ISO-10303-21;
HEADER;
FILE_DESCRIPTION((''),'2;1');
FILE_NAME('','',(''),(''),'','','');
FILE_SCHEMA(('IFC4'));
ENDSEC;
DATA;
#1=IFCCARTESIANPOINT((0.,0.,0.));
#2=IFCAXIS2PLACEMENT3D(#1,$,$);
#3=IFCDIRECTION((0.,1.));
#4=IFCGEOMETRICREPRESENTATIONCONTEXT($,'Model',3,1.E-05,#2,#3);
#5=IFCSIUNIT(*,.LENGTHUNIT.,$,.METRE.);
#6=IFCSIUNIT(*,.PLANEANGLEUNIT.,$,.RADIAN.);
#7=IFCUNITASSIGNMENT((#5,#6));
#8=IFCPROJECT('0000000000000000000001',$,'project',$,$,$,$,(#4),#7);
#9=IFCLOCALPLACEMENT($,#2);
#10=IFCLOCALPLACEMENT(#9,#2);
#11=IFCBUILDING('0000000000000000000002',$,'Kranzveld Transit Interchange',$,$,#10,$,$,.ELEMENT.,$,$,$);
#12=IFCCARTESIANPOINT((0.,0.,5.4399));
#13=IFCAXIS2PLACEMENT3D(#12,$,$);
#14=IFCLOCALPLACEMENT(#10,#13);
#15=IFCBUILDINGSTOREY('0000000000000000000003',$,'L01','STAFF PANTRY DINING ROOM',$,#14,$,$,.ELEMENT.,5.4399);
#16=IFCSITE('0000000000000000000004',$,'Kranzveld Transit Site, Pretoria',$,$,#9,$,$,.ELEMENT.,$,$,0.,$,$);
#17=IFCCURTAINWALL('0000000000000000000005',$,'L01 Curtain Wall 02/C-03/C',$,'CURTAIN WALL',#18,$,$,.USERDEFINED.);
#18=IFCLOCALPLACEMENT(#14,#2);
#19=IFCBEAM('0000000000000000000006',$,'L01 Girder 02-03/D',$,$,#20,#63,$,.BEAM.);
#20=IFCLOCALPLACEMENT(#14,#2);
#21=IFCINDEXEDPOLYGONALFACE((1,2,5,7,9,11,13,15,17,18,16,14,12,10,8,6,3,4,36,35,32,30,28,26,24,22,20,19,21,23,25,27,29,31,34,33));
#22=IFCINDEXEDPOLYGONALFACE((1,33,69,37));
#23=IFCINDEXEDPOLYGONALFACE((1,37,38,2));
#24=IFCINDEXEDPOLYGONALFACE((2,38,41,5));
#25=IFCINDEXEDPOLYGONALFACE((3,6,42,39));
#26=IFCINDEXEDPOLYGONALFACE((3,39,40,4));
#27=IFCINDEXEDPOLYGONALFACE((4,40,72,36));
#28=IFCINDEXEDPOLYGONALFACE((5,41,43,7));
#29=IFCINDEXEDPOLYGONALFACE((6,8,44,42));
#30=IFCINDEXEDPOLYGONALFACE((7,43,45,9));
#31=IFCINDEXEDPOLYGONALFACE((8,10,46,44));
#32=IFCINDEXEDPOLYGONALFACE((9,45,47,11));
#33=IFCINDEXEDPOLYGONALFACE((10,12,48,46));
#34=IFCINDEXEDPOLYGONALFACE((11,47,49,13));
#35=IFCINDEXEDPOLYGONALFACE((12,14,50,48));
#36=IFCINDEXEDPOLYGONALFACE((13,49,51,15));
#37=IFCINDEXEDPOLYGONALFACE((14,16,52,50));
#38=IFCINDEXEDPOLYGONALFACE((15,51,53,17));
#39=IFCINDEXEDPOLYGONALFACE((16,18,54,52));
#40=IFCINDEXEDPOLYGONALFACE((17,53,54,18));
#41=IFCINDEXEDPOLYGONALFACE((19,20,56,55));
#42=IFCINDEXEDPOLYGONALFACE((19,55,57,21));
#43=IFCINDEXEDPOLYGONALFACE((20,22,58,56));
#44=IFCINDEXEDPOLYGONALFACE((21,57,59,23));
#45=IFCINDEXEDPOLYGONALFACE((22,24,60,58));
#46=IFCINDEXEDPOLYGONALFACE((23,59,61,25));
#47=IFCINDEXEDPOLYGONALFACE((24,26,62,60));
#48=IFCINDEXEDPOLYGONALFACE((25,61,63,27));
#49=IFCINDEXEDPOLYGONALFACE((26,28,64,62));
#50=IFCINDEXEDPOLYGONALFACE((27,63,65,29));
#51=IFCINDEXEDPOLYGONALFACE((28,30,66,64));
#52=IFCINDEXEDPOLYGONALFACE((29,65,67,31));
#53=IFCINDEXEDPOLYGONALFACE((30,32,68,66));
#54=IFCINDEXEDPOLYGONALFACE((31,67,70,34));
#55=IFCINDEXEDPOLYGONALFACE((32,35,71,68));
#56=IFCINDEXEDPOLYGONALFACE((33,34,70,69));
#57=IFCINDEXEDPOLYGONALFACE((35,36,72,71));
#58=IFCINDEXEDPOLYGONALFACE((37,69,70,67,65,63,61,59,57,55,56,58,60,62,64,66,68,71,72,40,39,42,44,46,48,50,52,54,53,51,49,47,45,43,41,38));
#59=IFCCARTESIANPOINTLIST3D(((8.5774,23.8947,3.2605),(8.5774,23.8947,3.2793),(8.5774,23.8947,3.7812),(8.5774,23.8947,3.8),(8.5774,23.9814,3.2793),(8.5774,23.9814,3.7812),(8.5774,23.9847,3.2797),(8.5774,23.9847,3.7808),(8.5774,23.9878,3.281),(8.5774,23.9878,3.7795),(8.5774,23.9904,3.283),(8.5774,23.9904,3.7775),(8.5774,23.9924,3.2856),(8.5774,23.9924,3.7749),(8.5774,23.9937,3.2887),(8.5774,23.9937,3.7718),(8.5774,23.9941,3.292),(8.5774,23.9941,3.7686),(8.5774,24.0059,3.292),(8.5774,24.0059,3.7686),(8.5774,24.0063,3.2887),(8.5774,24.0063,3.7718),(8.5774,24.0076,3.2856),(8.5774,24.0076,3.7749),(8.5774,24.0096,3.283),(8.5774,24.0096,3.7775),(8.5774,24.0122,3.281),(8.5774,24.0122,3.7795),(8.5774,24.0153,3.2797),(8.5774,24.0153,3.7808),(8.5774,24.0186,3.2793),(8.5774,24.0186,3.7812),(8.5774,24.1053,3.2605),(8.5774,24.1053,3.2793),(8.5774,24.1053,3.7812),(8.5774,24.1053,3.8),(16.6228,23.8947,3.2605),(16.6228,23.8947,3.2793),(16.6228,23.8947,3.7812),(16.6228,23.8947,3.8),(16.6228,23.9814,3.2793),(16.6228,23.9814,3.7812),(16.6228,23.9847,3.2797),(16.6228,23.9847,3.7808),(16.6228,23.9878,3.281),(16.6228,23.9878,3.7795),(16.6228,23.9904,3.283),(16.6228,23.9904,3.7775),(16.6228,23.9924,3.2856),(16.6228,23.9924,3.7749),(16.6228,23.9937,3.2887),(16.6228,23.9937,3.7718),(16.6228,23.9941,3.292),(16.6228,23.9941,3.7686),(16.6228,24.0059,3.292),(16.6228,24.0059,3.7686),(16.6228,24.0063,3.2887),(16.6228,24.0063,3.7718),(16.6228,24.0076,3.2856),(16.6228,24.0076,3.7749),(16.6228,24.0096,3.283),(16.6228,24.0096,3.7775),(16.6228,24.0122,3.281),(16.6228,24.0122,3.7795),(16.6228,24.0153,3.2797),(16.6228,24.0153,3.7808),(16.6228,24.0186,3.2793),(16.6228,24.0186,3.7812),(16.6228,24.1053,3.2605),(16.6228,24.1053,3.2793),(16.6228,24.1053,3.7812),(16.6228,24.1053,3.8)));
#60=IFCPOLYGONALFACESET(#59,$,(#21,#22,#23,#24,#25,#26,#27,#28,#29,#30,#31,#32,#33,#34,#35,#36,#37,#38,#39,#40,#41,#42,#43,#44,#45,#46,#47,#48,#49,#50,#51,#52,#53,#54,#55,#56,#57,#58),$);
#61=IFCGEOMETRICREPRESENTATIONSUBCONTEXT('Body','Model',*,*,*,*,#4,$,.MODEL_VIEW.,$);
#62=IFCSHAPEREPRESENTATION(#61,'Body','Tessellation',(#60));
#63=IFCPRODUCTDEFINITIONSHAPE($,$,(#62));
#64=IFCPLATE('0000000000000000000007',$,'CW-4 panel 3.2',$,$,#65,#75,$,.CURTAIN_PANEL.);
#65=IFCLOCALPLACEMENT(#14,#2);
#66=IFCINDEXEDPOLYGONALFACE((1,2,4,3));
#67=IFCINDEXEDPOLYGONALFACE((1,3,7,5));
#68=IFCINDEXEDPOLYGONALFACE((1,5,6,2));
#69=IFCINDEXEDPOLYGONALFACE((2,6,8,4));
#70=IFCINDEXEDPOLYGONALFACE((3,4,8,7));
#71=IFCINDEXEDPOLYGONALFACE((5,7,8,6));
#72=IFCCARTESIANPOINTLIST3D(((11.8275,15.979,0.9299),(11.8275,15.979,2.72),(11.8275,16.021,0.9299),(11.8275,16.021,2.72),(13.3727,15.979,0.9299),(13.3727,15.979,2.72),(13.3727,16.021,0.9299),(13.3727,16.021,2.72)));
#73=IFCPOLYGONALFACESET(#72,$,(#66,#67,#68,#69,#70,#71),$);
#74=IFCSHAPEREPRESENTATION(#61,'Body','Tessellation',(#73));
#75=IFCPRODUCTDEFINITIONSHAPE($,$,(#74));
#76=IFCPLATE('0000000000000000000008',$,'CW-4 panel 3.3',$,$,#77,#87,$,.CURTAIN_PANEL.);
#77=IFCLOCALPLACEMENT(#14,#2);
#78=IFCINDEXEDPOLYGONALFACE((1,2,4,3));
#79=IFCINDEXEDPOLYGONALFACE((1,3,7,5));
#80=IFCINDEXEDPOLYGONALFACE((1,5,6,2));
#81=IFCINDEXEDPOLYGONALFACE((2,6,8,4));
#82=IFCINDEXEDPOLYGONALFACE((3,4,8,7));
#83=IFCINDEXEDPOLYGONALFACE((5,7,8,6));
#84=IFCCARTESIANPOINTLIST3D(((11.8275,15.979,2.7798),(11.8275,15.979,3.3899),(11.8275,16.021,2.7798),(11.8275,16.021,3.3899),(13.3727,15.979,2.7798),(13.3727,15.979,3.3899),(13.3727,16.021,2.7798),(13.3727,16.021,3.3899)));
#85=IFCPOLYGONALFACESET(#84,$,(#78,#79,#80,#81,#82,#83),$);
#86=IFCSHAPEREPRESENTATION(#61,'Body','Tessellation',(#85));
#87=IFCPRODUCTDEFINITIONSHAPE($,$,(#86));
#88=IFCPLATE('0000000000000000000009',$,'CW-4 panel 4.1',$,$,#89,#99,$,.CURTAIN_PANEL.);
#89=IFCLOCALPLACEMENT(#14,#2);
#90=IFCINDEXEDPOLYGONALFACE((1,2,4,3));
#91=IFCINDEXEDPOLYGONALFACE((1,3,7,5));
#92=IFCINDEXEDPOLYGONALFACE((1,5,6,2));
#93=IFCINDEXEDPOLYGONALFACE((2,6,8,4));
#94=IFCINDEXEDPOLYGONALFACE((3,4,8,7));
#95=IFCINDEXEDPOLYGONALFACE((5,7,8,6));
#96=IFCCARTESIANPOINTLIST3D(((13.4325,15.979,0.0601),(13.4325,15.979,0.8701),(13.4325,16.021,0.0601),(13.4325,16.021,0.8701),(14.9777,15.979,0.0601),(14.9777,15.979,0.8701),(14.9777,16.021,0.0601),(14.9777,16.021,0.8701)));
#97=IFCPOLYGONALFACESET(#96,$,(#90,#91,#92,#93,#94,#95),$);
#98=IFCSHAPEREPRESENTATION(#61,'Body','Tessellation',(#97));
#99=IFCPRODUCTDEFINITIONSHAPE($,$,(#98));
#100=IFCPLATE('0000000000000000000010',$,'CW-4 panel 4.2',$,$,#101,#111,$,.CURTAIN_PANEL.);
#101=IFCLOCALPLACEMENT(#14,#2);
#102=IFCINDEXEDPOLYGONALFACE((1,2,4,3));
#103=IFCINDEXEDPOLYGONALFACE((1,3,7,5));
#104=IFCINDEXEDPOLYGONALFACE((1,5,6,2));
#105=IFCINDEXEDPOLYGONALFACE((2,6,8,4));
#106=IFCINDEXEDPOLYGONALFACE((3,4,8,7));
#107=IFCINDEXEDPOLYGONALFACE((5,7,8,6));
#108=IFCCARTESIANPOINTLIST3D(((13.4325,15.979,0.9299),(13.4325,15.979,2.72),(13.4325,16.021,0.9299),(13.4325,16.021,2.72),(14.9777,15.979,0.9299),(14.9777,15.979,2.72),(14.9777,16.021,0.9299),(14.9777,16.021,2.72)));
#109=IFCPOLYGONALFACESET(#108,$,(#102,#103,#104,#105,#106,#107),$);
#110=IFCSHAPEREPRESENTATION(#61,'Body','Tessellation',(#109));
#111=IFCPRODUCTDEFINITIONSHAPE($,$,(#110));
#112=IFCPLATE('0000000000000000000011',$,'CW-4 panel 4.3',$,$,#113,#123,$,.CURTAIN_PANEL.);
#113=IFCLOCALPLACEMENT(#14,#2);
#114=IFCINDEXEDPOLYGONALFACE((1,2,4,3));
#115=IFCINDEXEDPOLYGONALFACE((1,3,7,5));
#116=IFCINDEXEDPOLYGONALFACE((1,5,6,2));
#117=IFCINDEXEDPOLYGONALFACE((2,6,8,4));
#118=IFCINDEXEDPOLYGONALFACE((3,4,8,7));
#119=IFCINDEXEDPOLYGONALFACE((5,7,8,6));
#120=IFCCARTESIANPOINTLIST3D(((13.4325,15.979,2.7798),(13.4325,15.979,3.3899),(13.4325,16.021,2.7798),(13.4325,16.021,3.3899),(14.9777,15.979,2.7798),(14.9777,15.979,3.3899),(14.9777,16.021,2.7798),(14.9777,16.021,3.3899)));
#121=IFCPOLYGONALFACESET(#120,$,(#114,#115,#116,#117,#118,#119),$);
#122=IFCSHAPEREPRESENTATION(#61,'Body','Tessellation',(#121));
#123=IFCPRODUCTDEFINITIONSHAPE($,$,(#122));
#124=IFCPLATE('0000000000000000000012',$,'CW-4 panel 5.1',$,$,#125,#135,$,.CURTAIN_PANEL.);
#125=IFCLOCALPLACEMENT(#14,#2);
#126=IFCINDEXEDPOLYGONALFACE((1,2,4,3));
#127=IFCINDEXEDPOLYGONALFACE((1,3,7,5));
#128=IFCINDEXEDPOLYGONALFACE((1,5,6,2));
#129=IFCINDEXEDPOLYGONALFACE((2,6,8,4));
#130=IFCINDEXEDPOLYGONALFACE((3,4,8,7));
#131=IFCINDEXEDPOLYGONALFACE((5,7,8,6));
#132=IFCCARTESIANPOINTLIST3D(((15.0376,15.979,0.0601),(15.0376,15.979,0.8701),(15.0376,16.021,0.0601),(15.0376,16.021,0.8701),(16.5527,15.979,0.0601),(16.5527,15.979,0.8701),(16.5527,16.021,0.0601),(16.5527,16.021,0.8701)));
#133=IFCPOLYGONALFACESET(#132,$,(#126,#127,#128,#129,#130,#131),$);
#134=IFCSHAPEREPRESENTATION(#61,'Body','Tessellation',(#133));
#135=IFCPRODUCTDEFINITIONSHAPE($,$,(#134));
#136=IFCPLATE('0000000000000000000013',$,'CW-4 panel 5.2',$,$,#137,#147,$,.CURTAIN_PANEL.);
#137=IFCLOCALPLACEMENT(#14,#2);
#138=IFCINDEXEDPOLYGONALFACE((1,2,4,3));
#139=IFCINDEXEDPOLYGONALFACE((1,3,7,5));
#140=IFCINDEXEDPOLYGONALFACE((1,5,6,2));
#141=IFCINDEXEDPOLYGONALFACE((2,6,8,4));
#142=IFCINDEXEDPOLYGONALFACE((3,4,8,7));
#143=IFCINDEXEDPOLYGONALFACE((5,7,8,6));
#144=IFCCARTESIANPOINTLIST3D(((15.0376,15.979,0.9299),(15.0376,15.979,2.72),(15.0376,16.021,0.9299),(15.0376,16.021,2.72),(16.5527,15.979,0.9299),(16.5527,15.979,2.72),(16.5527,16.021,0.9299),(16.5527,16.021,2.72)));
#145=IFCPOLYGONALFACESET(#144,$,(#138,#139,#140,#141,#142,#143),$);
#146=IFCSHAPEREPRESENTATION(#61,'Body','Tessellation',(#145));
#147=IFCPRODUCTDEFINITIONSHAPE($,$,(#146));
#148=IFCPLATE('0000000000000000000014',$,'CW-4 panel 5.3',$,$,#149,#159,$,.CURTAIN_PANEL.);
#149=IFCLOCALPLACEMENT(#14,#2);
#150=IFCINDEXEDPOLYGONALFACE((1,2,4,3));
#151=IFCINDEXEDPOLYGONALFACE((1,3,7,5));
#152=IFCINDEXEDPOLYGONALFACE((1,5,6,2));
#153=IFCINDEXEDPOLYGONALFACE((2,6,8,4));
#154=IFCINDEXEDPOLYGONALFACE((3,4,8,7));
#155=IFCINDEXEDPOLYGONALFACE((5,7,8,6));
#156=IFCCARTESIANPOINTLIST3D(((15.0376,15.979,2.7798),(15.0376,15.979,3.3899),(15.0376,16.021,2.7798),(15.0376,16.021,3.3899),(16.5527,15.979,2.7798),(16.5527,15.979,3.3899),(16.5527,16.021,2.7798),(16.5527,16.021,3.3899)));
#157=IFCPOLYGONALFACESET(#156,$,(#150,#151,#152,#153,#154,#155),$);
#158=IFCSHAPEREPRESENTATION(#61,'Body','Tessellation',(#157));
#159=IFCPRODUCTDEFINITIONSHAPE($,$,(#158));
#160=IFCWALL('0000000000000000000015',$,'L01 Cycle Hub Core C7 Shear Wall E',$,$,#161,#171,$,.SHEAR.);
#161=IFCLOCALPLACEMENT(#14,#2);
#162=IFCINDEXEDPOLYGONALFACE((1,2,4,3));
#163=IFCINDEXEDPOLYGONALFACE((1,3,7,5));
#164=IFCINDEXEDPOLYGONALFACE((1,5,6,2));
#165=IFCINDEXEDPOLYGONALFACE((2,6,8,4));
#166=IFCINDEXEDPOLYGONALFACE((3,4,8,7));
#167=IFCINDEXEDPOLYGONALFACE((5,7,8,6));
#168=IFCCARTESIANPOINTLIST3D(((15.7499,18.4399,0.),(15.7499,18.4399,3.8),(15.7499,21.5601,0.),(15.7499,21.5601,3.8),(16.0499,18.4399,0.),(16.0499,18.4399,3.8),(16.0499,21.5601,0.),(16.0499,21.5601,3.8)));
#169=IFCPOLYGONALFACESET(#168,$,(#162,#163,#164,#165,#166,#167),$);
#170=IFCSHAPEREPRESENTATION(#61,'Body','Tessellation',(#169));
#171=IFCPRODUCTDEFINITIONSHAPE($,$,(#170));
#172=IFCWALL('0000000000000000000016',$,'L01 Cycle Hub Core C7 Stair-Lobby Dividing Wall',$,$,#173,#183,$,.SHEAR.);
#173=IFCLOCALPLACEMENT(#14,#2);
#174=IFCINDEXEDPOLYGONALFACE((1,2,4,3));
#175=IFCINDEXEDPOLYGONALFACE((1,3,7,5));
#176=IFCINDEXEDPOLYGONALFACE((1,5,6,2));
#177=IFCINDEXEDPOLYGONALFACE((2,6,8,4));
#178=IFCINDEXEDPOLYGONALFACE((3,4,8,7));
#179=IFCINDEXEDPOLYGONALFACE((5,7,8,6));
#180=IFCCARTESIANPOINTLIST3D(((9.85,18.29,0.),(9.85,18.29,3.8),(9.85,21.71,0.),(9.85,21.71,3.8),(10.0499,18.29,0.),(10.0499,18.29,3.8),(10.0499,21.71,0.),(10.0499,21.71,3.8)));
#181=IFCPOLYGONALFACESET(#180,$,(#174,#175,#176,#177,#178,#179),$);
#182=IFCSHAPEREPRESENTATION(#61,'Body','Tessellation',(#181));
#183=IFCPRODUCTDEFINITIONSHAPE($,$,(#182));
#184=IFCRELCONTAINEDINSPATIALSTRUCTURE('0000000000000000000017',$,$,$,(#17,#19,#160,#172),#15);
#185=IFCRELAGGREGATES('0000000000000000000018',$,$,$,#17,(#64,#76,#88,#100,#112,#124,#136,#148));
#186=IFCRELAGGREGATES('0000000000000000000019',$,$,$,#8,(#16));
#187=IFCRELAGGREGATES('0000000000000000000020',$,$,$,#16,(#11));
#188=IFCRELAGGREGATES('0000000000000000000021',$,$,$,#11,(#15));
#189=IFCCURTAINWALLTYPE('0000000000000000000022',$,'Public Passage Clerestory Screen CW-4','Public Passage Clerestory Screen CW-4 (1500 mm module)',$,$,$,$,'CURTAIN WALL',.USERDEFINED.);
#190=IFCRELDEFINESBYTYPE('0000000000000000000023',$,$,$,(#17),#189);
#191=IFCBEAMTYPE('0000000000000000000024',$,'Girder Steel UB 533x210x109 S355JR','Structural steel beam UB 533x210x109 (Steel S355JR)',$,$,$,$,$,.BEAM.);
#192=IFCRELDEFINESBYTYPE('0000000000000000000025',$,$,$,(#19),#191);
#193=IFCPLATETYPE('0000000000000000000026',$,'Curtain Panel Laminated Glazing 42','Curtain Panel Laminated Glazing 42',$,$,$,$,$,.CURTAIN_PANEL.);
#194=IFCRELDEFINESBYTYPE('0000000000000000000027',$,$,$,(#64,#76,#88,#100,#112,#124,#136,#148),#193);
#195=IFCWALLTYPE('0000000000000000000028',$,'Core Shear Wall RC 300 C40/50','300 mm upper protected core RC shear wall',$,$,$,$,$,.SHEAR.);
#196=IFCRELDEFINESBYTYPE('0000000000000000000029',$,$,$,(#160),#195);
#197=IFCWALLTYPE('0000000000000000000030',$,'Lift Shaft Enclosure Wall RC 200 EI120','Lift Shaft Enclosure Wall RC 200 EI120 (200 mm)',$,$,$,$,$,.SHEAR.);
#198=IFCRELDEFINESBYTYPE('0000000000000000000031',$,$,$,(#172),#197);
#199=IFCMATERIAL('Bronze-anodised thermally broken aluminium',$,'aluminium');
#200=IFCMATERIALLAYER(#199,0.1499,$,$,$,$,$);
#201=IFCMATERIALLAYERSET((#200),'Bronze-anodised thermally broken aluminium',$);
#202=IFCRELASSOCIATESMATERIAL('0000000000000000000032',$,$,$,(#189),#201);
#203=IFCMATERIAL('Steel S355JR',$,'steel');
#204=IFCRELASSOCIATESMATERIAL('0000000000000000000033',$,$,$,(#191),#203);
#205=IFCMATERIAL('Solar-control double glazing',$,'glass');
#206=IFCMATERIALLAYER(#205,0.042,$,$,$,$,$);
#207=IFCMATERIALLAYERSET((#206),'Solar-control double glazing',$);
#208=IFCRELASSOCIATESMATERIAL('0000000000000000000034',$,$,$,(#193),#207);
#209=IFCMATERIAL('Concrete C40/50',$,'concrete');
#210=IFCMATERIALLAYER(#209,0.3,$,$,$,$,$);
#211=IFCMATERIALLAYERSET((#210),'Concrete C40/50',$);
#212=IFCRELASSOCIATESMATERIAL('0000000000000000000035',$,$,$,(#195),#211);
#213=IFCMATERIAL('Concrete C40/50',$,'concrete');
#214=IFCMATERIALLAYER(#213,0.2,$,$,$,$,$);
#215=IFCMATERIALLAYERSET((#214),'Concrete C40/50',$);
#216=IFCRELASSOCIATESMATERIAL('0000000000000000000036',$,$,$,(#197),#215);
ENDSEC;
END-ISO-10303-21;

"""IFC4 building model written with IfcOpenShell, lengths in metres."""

from ifc_helpers import new_model, si_unit, direction, frame, frame_2d, origin, origin_2d, place, context, subcontext, project, spatial, rectangle, i_section, extrude, material, layer, layer_set, material_profile, profile_set, type_object, element, aggregate, save


model = new_model("IFC4")

# Units and contexts
model_context = context("Model", 3, precision=1e-05, world=origin(), true_north=direction((0.0, 1.0)))
body_context = subcontext(model_context, "Body", "Model", "MODEL_VIEW")
ifc_project = project(units=[si_unit("LENGTHUNIT", "METRE"), si_unit("PLANEANGLEUNIT", "RADIAN")], contexts=[model_context])

# Site, building, storey
site_placement = place(None, origin())
site = spatial("IfcSite", under=ifc_project, at=site_placement, Name="Kranzveld Transit Site, Pretoria", CompositionType="ELEMENT", RefElevation=0.0)
building_placement = place(site_placement, origin())
building = spatial("IfcBuilding", under=site, at=building_placement, Name="Kranzveld Transit Interchange", CompositionType="ELEMENT")
storey_placement = place(building_placement, frame((0.0, 0.0, 5.4399)))
storey = spatial("IfcBuildingStorey", under=building, at=storey_placement, Name="L01", Description="STAFF PANTRY DINING ROOM", CompositionType="ELEMENT", Elevation=5.4399)

# Curtain wall
ifc_material_1 = material(Name="Bronze-anodised thermally broken aluminium", Category="aluminium")
ifc_layer_1 = layer(ifc_material_1, 0.1499)
ifc_layer_set_1 = layer_set([ifc_layer_1], Name="Bronze-anodised thermally broken aluminium")
curtain_wall_type = type_object("IfcCurtainWallType", Name="Public Passage Clerestory Screen CW-4", Description="Public Passage Clerestory Screen CW-4 (1500 mm module)", ElementType="CURTAIN WALL", PredefinedType="USERDEFINED", material=ifc_layer_set_1)
curtain_wall_placement = place(storey_placement, origin())
curtain_wall = element("IfcCurtainWall", 1, at=curtain_wall_placement, inside=storey, type_object=curtain_wall_type, Name="L01 Curtain Wall 02/C-03/C", ObjectType="CURTAIN WALL", PredefinedType="USERDEFINED")

# Beam
ifc_material_2 = material(Name="Steel S355JR", Category="steel")
ifc_material_profile_1 = material_profile(ifc_material_2, i_section(OverallWidth=0.2107, OverallDepth=0.5396, WebThickness=0.0117, FlangeThickness=0.0188, FilletRadius=0.0127, at=origin_2d()), Name="UB 533x210x109")
ifc_profile_set_1 = profile_set([ifc_material_profile_1], Name="Steel S355JR")
beam_type_1 = type_object("IfcBeamType", Name="Girder Steel UB 533x210x109 S355JR", Description="Structural steel beam UB 533x210x109 (Steel S355JR)", PredefinedType="BEAM", material=ifc_profile_set_1)
beam_1_placement = place(storey_placement, frame((8.5774, 24.0, 3.5303), z_axis=(1.0, 0.0, 0.0), x_axis=(0.0, 1.0, 0.0)))
element("IfcBeam", 2, at=beam_1_placement, inside=storey, type_object=beam_type_1, Name="L01 Girder 02-03/D", PredefinedType="BEAM", context=body_context, shape_type="SweptSolid", body=[
    extrude(i_section(OverallWidth=0.2107, OverallDepth=0.5396, WebThickness=0.0117, FlangeThickness=0.0188, FilletRadius=0.0127, at=origin_2d()), origin(), (0.0, 0.0, 1.0), 8.0454),
])

# Plates
ifc_material_3 = material(Name="Solar-control double glazing", Category="glass")
ifc_layer_2 = layer(ifc_material_3, 0.042)
ifc_layer_set_2 = layer_set([ifc_layer_2], Name="Solar-control double glazing")
plate_type = type_object("IfcPlateType", Name="Curtain Panel Laminated Glazing 42", Description="Curtain Panel Laminated Glazing 42", PredefinedType="CURTAIN_PANEL", material=ifc_layer_set_2)
plate_1_placement = place(storey_placement, frame((12.6001, 16.0, 0.9299), z_axis=(0.0, 0.0, 1.0), x_axis=(1.0, 0.0, 0.0)))
plate_1 = element("IfcPlate", 3, at=plate_1_placement, type_object=plate_type, Name="CW-4 panel 3.2", PredefinedType="CURTAIN_PANEL", context=body_context, shape_type="SweptSolid", body=[
    extrude(rectangle(XDim=1.5452, YDim=0.042, at=origin_2d()), origin(), (0.0, 0.0, 1.0), 1.79),
])
plate_2_placement = place(storey_placement, frame((12.6001, 16.0, 2.7798), z_axis=(0.0, 0.0, 1.0), x_axis=(1.0, 0.0, 0.0)))
plate_2 = element("IfcPlate", 4, at=plate_2_placement, type_object=plate_type, Name="CW-4 panel 3.3", PredefinedType="CURTAIN_PANEL", context=body_context, shape_type="SweptSolid", body=[
    extrude(rectangle(XDim=1.5452, YDim=0.042, at=origin_2d()), origin(), (0.0, 0.0, 1.0), 0.6101),
])
plate_3_placement = place(storey_placement, frame((14.2051, 16.0, 0.0601), z_axis=(0.0, 0.0, 1.0), x_axis=(1.0, 0.0, 0.0)))
plate_3 = element("IfcPlate", 5, at=plate_3_placement, type_object=plate_type, Name="CW-4 panel 4.1", PredefinedType="CURTAIN_PANEL", context=body_context, shape_type="SweptSolid", body=[
    extrude(rectangle(XDim=1.5452, YDim=0.042, at=origin_2d()), origin(), (0.0, 0.0, 1.0), 0.8101),
])
plate_4_placement = place(storey_placement, frame((14.2051, 16.0, 0.9299), z_axis=(0.0, 0.0, 1.0), x_axis=(1.0, 0.0, 0.0)))
plate_4 = element("IfcPlate", 6, at=plate_4_placement, type_object=plate_type, Name="CW-4 panel 4.2", PredefinedType="CURTAIN_PANEL", context=body_context, shape_type="SweptSolid", body=[
    extrude(rectangle(XDim=1.5452, YDim=0.042, at=origin_2d()), origin(), (0.0, 0.0, 1.0), 1.79),
])
plate_5_placement = place(storey_placement, frame((14.2051, 16.0, 2.7798), z_axis=(0.0, 0.0, 1.0), x_axis=(1.0, 0.0, 0.0)))
plate_5 = element("IfcPlate", 7, at=plate_5_placement, type_object=plate_type, Name="CW-4 panel 4.3", PredefinedType="CURTAIN_PANEL", context=body_context, shape_type="SweptSolid", body=[
    extrude(rectangle(XDim=1.5452, YDim=0.042, at=origin_2d()), origin(), (0.0, 0.0, 1.0), 0.6101),
])
plate_6_placement = place(storey_placement, frame((15.7952, 16.0, 0.0601), z_axis=(0.0, 0.0, 1.0), x_axis=(1.0, 0.0, 0.0)))
plate_6 = element("IfcPlate", 8, at=plate_6_placement, type_object=plate_type, Name="CW-4 panel 5.1", PredefinedType="CURTAIN_PANEL", context=body_context, shape_type="SweptSolid", body=[
    extrude(rectangle(XDim=1.5151, YDim=0.042, at=origin_2d()), origin(), (0.0, 0.0, 1.0), 0.8101),
])
plate_7_placement = place(storey_placement, frame((15.7952, 16.0, 0.9299), z_axis=(0.0, 0.0, 1.0), x_axis=(1.0, 0.0, 0.0)))
plate_7 = element("IfcPlate", 9, at=plate_7_placement, type_object=plate_type, Name="CW-4 panel 5.2", PredefinedType="CURTAIN_PANEL", context=body_context, shape_type="SweptSolid", body=[
    extrude(rectangle(XDim=1.5151, YDim=0.042, at=origin_2d()), origin(), (0.0, 0.0, 1.0), 1.79),
])
plate_8_placement = place(storey_placement, frame((15.7952, 16.0, 2.7798), z_axis=(0.0, 0.0, 1.0), x_axis=(1.0, 0.0, 0.0)))
plate_8 = element("IfcPlate", 10, at=plate_8_placement, type_object=plate_type, Name="CW-4 panel 5.3", PredefinedType="CURTAIN_PANEL", context=body_context, shape_type="SweptSolid", body=[
    extrude(rectangle(XDim=1.5151, YDim=0.042, at=origin_2d()), origin(), (0.0, 0.0, 1.0), 0.6101),
])
aggregate(curtain_wall, [plate_1, plate_2, plate_3, plate_4, plate_5, plate_6, plate_7, plate_8])

# Walls
ifc_material_4 = material(Name="Concrete C40/50", Category="concrete")
ifc_layer_3 = layer(ifc_material_4, 0.3)
ifc_layer_set_3 = layer_set([ifc_layer_3], Name="Concrete C40/50")
wall_type_1 = type_object("IfcWallType", Name="Core Shear Wall RC 300 C40/50", Description="300 mm upper protected core RC shear wall", PredefinedType="SHEAR", material=ifc_layer_set_3)
wall_1_placement = place(storey_placement, frame((15.8999, 18.4399, 0.0), z_axis=(0.0, 0.0, 1.0), x_axis=(0.0, 1.0, 0.0)))
element("IfcWall", 11, at=wall_1_placement, inside=storey, type_object=wall_type_1, Name="L01 Cycle Hub Core C7 Shear Wall E", PredefinedType="SHEAR", context=body_context, shape_type="SweptSolid", body=[
    extrude(rectangle(XDim=3.1201, YDim=0.3, at=frame_2d((1.5601, 0.0))), origin(), (0.0, 0.0, 1.0), 3.8),
])
ifc_material_5 = material(Name="Concrete C40/50", Category="concrete")
ifc_layer_4 = layer(ifc_material_5, 0.2)
ifc_layer_set_4 = layer_set([ifc_layer_4], Name="Concrete C40/50")
wall_type_2 = type_object("IfcWallType", Name="Lift Shaft Enclosure Wall RC 200 EI120", Description="Lift Shaft Enclosure Wall RC 200 EI120 (200 mm)", PredefinedType="SHEAR", material=ifc_layer_set_4)
wall_2_placement = place(storey_placement, frame((9.95, 18.29, 0.0), z_axis=(0.0, 0.0, 1.0), x_axis=(0.0, 1.0, 0.0)))
element("IfcWall", 12, at=wall_2_placement, inside=storey, type_object=wall_type_2, Name="L01 Cycle Hub Core C7 Stair-Lobby Dividing Wall", PredefinedType="SHEAR", context=body_context, shape_type="SweptSolid", body=[
    extrude(rectangle(XDim=3.4199, YDim=0.2, at=frame_2d((1.71, 0.0))), origin(), (0.0, 0.0, 1.0), 3.8),
])

save(model, "model.ifc")
